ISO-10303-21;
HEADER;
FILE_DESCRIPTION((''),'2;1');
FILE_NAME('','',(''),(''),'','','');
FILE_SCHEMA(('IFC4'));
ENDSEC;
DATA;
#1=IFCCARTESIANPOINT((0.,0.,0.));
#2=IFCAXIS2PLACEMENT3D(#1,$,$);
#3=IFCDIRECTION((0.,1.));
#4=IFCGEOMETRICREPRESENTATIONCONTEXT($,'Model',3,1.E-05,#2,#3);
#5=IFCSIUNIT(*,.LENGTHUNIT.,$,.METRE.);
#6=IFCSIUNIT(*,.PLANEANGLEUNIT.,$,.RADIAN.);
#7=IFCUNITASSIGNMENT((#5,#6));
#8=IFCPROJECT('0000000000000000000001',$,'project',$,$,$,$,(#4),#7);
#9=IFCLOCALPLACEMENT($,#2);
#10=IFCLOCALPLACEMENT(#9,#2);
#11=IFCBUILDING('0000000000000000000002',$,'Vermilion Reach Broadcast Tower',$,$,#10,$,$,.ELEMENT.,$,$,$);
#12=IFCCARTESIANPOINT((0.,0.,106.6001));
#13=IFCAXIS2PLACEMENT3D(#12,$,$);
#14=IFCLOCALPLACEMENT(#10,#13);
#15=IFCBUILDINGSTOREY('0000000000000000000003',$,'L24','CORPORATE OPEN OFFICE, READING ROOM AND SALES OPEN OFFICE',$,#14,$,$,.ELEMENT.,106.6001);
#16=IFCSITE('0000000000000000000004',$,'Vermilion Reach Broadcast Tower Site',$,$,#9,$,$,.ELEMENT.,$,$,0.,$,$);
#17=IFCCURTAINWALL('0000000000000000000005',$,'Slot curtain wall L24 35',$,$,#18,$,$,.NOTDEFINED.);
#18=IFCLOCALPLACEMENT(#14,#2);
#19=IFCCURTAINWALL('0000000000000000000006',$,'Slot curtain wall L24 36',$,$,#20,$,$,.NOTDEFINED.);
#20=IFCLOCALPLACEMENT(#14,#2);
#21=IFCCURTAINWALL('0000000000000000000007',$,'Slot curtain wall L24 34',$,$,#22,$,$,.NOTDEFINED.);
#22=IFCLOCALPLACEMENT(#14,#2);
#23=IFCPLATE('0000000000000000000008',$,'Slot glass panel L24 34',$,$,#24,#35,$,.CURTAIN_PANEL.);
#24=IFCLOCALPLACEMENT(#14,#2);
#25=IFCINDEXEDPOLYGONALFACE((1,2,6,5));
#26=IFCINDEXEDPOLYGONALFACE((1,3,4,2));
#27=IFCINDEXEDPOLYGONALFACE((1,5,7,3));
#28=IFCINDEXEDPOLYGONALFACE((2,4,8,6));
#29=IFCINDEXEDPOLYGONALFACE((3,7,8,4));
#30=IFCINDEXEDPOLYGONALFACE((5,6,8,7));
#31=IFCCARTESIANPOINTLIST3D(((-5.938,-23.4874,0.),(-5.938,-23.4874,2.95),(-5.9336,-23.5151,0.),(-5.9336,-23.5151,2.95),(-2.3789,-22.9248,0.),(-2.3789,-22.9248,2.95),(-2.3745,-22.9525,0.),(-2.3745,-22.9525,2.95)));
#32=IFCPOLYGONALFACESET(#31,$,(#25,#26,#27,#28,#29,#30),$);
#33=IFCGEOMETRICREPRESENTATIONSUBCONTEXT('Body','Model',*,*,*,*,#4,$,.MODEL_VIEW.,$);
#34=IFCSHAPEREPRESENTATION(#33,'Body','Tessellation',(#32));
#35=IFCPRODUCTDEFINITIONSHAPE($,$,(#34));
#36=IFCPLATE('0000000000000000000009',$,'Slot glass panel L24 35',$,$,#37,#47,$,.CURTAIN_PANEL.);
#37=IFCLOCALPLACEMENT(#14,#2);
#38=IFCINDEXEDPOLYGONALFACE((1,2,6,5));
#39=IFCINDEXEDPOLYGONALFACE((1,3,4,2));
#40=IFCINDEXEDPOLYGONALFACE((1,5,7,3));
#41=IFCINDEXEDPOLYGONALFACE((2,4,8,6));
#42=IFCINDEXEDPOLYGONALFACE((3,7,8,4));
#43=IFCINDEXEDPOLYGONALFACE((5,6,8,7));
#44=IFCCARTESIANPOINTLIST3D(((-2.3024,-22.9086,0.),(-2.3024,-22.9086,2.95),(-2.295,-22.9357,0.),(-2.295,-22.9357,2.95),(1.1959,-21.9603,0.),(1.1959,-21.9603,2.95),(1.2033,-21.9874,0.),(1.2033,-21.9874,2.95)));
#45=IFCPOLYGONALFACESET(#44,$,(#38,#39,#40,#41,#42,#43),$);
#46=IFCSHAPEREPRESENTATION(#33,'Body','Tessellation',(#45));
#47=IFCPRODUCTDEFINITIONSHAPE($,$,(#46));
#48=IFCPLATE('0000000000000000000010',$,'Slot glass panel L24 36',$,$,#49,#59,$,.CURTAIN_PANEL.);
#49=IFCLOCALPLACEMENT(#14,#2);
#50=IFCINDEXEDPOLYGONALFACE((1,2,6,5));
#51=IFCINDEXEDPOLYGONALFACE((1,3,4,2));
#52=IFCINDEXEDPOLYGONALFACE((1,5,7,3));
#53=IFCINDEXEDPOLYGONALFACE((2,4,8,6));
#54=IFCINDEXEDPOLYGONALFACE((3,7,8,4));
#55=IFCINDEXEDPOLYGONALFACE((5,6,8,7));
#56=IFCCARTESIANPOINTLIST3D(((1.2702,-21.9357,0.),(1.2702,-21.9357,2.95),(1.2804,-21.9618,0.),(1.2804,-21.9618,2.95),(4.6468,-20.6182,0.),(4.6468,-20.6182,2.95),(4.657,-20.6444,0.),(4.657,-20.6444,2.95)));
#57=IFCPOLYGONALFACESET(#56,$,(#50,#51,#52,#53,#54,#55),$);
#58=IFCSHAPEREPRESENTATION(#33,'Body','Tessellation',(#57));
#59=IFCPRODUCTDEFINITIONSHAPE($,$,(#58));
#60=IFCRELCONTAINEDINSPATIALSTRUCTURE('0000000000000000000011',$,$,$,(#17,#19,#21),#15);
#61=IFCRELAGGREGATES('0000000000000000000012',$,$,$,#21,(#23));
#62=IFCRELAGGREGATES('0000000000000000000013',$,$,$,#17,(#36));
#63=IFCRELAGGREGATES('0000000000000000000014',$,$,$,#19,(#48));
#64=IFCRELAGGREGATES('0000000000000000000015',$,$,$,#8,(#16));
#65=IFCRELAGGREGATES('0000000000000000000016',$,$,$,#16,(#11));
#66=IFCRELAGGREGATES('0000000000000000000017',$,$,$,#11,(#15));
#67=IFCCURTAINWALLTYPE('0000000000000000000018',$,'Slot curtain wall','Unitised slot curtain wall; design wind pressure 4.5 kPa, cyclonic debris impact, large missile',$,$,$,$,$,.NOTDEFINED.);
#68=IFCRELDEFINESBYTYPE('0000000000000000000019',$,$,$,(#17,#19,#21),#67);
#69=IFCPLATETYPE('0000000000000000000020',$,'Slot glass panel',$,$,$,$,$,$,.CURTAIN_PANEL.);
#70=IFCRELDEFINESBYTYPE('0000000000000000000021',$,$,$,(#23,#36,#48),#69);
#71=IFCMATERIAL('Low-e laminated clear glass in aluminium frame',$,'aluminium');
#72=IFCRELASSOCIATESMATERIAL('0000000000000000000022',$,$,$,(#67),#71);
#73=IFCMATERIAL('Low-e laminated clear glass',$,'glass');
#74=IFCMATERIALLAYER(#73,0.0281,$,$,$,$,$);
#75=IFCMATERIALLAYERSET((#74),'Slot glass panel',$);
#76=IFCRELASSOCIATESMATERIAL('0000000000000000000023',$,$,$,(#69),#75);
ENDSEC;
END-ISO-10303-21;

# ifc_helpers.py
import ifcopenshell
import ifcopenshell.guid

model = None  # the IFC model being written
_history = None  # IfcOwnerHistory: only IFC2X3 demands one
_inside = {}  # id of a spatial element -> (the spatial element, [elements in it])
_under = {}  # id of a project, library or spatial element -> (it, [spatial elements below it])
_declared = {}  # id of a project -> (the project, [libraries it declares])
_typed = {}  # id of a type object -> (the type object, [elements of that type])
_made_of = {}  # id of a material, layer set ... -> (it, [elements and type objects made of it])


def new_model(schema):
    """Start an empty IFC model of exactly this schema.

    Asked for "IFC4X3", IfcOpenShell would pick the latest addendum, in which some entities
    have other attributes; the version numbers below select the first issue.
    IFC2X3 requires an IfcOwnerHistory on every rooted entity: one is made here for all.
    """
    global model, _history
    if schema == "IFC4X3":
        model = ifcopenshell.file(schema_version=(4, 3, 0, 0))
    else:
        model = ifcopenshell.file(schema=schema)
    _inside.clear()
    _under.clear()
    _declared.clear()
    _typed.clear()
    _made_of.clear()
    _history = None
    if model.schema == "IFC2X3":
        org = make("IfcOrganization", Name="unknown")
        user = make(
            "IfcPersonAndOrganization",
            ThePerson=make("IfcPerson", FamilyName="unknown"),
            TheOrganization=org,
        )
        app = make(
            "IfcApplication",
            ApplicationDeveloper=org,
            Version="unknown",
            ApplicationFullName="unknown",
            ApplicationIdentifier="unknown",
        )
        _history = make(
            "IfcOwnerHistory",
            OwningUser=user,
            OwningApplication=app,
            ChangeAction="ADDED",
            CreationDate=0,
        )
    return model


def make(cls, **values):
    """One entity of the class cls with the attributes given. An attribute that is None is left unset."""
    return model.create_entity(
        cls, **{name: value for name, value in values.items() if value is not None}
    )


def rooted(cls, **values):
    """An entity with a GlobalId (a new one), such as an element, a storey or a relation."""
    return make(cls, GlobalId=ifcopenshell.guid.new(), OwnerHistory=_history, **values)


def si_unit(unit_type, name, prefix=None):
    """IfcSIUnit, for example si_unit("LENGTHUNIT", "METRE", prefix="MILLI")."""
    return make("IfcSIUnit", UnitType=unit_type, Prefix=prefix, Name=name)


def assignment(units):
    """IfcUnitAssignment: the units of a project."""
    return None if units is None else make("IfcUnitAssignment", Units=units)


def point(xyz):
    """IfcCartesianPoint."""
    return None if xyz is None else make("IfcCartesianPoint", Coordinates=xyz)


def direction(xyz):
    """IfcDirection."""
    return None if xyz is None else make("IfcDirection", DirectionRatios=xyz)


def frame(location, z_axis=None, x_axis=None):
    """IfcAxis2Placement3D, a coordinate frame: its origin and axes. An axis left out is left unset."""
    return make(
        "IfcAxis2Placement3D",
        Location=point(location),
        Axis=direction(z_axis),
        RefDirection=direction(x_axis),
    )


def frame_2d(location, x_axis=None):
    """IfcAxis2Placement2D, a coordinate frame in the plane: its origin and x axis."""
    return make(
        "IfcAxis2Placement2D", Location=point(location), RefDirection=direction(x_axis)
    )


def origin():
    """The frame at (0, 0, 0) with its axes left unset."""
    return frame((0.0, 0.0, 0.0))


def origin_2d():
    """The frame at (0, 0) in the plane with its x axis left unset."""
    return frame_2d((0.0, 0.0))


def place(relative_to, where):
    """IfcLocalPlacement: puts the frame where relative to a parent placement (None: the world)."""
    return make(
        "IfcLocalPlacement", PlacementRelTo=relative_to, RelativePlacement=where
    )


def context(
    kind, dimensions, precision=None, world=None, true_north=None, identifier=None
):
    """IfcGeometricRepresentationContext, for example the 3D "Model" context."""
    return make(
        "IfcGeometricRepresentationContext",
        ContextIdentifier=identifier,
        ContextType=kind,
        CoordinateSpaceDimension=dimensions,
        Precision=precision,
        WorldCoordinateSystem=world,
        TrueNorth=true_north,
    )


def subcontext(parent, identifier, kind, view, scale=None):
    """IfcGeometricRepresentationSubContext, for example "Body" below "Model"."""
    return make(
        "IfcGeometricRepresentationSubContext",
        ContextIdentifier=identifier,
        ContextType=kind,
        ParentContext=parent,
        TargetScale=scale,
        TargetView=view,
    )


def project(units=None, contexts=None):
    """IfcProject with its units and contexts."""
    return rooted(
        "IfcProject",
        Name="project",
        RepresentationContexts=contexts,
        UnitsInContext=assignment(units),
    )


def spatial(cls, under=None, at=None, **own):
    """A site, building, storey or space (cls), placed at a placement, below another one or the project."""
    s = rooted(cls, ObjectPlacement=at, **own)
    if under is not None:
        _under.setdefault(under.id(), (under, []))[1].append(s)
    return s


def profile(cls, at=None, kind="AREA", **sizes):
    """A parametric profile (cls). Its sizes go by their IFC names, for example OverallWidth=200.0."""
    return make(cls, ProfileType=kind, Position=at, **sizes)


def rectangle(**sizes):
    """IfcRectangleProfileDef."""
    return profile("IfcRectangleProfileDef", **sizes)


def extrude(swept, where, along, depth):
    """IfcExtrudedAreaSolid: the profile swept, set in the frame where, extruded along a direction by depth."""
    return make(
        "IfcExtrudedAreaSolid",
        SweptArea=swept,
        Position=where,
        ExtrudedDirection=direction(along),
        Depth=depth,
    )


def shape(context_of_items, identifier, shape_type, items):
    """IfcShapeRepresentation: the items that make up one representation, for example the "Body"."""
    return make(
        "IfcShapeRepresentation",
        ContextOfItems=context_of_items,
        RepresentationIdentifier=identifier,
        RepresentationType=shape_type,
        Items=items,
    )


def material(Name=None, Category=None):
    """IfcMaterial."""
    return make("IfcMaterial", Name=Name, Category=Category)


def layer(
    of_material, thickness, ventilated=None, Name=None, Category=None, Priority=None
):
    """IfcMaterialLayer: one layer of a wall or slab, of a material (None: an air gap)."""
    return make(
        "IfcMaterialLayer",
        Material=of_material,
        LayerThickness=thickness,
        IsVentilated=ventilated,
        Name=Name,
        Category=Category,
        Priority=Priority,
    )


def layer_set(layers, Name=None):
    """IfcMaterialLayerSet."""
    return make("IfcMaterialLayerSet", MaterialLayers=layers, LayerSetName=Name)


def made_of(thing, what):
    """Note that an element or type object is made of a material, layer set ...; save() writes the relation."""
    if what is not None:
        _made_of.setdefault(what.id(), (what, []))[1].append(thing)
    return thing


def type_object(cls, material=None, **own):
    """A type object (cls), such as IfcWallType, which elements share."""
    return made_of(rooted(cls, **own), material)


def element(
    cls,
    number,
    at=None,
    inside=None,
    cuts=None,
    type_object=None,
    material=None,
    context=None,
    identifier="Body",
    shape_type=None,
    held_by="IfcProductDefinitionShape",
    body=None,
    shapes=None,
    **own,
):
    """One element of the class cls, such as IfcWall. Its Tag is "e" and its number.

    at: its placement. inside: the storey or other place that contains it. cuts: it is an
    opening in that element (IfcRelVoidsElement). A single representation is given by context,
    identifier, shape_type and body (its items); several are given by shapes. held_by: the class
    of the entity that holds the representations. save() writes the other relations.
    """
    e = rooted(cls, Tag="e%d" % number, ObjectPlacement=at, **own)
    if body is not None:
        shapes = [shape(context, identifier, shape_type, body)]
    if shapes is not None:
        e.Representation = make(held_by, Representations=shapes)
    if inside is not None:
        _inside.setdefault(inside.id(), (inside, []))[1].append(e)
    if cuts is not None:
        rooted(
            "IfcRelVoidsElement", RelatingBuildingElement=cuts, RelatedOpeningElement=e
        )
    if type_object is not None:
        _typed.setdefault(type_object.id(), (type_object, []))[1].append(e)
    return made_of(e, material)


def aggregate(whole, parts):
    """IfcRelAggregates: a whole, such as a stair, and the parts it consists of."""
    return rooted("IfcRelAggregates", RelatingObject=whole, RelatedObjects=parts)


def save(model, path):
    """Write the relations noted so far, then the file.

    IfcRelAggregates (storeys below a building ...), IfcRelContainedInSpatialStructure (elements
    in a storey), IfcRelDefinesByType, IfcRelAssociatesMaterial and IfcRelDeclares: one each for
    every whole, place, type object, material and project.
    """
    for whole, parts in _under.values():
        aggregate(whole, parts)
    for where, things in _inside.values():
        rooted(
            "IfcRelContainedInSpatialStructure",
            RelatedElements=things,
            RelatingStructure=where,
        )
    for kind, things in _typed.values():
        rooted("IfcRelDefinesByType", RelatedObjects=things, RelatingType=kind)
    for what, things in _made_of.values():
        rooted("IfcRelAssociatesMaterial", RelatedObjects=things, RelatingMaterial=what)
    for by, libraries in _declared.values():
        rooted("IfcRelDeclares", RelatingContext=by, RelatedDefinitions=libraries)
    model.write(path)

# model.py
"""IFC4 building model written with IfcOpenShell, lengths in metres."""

from ifc_helpers import new_model, si_unit, direction, frame, origin, origin_2d, place, context, subcontext, project, spatial, rectangle, extrude, material, layer, layer_set, type_object, element, aggregate, save


model = new_model("IFC4")

# Units and contexts
model_context = context("Model", 3, precision=1e-05, world=origin(), true_north=direction((0.0, 1.0)))
body_context = subcontext(model_context, "Body", "Model", "MODEL_VIEW")
ifc_project = project(units=[si_unit("LENGTHUNIT", "METRE"), si_unit("PLANEANGLEUNIT", "RADIAN")], contexts=[model_context])

# Site, building, storey
site_placement = place(None, origin())
site = spatial("IfcSite", under=ifc_project, at=site_placement, Name="Vermilion Reach Broadcast Tower Site", CompositionType="ELEMENT", RefElevation=0.0)
building_placement = place(site_placement, origin())
building = spatial("IfcBuilding", under=site, at=building_placement, Name="Vermilion Reach Broadcast Tower", CompositionType="ELEMENT")
storey_placement = place(building_placement, frame((0.0, 0.0, 106.6001)))
storey = spatial("IfcBuildingStorey", under=building, at=storey_placement, Name="L24", Description="CORPORATE OPEN OFFICE, READING ROOM AND SALES OPEN OFFICE", CompositionType="ELEMENT", Elevation=106.6001)

# Curtain walls
ifc_material_1 = material(Name="Low-e laminated clear glass in aluminium frame", Category="aluminium")
curtain_wall_type = type_object("IfcCurtainWallType", Name="Slot curtain wall", Description="Unitised slot curtain wall; design wind pressure 4.5 kPa, cyclonic debris impact, large missile", PredefinedType="NOTDEFINED", material=ifc_material_1)
placement = place(storey_placement, origin())
curtain_wall_1 = element("IfcCurtainWall", 1, at=placement, inside=storey, type_object=curtain_wall_type, Name="Slot curtain wall L24 35", PredefinedType="NOTDEFINED")
curtain_wall_2 = element("IfcCurtainWall", 2, at=placement, inside=storey, type_object=curtain_wall_type, Name="Slot curtain wall L24 36", PredefinedType="NOTDEFINED")
curtain_wall_3 = element("IfcCurtainWall", 3, at=placement, inside=storey, type_object=curtain_wall_type, Name="Slot curtain wall L24 34", PredefinedType="NOTDEFINED")

# Plates
ifc_material_2 = material(Name="Low-e laminated clear glass", Category="glass")
ifc_layer = layer(ifc_material_2, 0.0281)
ifc_layer_set = layer_set([ifc_layer], Name="Slot glass panel")
plate_type = type_object("IfcPlateType", Name="Slot glass panel", PredefinedType="CURTAIN_PANEL", material=ifc_layer_set)
plate_1_placement = place(storey_placement, frame((-4.1562, -23.22, 0.0), z_axis=(0.0, 0.0, 1.0), x_axis=(0.987736, 0.156132, 0.0)))
plate_1 = element("IfcPlate", 4, at=plate_1_placement, type_object=plate_type, Name="Slot glass panel L24 34", PredefinedType="CURTAIN_PANEL", context=body_context, shape_type="SweptSolid", body=[
    extrude(rectangle(XDim=3.6033, YDim=0.0281, at=origin_2d()), origin(), (0.0, 0.0, 1.0), 2.95),
])
aggregate(curtain_wall_3, [plate_1])
plate_2_placement = place(storey_placement, frame((-0.5496, -22.448, 0.0), z_axis=(0.0, 0.0, 1.0), x_axis=(0.965173, 0.261611, 0.0)))
plate_2 = element("IfcPlate", 5, at=plate_2_placement, type_object=plate_type, Name="Slot glass panel L24 35", PredefinedType="CURTAIN_PANEL", context=body_context, shape_type="SweptSolid", body=[
    extrude(rectangle(XDim=3.6245, YDim=0.0281, at=origin_2d()), origin(), (0.0, 0.0, 1.0), 2.95),
])
aggregate(curtain_wall_1, [plate_2])
plate_3_placement = place(storey_placement, frame((2.9636, -21.29, 0.0), z_axis=(0.0, 0.0, 1.0), x_axis=(0.9316, 0.363484, 0.0)))
plate_3 = element("IfcPlate", 6, at=plate_3_placement, type_object=plate_type, Name="Slot glass panel L24 36", PredefinedType="CURTAIN_PANEL", context=body_context, shape_type="SweptSolid", body=[
    extrude(rectangle(XDim=3.6245, YDim=0.0281, at=origin_2d()), origin(), (0.0, 0.0, 1.0), 2.95),
])
aggregate(curtain_wall_2, [plate_3])

save(model, "model.ifc")
